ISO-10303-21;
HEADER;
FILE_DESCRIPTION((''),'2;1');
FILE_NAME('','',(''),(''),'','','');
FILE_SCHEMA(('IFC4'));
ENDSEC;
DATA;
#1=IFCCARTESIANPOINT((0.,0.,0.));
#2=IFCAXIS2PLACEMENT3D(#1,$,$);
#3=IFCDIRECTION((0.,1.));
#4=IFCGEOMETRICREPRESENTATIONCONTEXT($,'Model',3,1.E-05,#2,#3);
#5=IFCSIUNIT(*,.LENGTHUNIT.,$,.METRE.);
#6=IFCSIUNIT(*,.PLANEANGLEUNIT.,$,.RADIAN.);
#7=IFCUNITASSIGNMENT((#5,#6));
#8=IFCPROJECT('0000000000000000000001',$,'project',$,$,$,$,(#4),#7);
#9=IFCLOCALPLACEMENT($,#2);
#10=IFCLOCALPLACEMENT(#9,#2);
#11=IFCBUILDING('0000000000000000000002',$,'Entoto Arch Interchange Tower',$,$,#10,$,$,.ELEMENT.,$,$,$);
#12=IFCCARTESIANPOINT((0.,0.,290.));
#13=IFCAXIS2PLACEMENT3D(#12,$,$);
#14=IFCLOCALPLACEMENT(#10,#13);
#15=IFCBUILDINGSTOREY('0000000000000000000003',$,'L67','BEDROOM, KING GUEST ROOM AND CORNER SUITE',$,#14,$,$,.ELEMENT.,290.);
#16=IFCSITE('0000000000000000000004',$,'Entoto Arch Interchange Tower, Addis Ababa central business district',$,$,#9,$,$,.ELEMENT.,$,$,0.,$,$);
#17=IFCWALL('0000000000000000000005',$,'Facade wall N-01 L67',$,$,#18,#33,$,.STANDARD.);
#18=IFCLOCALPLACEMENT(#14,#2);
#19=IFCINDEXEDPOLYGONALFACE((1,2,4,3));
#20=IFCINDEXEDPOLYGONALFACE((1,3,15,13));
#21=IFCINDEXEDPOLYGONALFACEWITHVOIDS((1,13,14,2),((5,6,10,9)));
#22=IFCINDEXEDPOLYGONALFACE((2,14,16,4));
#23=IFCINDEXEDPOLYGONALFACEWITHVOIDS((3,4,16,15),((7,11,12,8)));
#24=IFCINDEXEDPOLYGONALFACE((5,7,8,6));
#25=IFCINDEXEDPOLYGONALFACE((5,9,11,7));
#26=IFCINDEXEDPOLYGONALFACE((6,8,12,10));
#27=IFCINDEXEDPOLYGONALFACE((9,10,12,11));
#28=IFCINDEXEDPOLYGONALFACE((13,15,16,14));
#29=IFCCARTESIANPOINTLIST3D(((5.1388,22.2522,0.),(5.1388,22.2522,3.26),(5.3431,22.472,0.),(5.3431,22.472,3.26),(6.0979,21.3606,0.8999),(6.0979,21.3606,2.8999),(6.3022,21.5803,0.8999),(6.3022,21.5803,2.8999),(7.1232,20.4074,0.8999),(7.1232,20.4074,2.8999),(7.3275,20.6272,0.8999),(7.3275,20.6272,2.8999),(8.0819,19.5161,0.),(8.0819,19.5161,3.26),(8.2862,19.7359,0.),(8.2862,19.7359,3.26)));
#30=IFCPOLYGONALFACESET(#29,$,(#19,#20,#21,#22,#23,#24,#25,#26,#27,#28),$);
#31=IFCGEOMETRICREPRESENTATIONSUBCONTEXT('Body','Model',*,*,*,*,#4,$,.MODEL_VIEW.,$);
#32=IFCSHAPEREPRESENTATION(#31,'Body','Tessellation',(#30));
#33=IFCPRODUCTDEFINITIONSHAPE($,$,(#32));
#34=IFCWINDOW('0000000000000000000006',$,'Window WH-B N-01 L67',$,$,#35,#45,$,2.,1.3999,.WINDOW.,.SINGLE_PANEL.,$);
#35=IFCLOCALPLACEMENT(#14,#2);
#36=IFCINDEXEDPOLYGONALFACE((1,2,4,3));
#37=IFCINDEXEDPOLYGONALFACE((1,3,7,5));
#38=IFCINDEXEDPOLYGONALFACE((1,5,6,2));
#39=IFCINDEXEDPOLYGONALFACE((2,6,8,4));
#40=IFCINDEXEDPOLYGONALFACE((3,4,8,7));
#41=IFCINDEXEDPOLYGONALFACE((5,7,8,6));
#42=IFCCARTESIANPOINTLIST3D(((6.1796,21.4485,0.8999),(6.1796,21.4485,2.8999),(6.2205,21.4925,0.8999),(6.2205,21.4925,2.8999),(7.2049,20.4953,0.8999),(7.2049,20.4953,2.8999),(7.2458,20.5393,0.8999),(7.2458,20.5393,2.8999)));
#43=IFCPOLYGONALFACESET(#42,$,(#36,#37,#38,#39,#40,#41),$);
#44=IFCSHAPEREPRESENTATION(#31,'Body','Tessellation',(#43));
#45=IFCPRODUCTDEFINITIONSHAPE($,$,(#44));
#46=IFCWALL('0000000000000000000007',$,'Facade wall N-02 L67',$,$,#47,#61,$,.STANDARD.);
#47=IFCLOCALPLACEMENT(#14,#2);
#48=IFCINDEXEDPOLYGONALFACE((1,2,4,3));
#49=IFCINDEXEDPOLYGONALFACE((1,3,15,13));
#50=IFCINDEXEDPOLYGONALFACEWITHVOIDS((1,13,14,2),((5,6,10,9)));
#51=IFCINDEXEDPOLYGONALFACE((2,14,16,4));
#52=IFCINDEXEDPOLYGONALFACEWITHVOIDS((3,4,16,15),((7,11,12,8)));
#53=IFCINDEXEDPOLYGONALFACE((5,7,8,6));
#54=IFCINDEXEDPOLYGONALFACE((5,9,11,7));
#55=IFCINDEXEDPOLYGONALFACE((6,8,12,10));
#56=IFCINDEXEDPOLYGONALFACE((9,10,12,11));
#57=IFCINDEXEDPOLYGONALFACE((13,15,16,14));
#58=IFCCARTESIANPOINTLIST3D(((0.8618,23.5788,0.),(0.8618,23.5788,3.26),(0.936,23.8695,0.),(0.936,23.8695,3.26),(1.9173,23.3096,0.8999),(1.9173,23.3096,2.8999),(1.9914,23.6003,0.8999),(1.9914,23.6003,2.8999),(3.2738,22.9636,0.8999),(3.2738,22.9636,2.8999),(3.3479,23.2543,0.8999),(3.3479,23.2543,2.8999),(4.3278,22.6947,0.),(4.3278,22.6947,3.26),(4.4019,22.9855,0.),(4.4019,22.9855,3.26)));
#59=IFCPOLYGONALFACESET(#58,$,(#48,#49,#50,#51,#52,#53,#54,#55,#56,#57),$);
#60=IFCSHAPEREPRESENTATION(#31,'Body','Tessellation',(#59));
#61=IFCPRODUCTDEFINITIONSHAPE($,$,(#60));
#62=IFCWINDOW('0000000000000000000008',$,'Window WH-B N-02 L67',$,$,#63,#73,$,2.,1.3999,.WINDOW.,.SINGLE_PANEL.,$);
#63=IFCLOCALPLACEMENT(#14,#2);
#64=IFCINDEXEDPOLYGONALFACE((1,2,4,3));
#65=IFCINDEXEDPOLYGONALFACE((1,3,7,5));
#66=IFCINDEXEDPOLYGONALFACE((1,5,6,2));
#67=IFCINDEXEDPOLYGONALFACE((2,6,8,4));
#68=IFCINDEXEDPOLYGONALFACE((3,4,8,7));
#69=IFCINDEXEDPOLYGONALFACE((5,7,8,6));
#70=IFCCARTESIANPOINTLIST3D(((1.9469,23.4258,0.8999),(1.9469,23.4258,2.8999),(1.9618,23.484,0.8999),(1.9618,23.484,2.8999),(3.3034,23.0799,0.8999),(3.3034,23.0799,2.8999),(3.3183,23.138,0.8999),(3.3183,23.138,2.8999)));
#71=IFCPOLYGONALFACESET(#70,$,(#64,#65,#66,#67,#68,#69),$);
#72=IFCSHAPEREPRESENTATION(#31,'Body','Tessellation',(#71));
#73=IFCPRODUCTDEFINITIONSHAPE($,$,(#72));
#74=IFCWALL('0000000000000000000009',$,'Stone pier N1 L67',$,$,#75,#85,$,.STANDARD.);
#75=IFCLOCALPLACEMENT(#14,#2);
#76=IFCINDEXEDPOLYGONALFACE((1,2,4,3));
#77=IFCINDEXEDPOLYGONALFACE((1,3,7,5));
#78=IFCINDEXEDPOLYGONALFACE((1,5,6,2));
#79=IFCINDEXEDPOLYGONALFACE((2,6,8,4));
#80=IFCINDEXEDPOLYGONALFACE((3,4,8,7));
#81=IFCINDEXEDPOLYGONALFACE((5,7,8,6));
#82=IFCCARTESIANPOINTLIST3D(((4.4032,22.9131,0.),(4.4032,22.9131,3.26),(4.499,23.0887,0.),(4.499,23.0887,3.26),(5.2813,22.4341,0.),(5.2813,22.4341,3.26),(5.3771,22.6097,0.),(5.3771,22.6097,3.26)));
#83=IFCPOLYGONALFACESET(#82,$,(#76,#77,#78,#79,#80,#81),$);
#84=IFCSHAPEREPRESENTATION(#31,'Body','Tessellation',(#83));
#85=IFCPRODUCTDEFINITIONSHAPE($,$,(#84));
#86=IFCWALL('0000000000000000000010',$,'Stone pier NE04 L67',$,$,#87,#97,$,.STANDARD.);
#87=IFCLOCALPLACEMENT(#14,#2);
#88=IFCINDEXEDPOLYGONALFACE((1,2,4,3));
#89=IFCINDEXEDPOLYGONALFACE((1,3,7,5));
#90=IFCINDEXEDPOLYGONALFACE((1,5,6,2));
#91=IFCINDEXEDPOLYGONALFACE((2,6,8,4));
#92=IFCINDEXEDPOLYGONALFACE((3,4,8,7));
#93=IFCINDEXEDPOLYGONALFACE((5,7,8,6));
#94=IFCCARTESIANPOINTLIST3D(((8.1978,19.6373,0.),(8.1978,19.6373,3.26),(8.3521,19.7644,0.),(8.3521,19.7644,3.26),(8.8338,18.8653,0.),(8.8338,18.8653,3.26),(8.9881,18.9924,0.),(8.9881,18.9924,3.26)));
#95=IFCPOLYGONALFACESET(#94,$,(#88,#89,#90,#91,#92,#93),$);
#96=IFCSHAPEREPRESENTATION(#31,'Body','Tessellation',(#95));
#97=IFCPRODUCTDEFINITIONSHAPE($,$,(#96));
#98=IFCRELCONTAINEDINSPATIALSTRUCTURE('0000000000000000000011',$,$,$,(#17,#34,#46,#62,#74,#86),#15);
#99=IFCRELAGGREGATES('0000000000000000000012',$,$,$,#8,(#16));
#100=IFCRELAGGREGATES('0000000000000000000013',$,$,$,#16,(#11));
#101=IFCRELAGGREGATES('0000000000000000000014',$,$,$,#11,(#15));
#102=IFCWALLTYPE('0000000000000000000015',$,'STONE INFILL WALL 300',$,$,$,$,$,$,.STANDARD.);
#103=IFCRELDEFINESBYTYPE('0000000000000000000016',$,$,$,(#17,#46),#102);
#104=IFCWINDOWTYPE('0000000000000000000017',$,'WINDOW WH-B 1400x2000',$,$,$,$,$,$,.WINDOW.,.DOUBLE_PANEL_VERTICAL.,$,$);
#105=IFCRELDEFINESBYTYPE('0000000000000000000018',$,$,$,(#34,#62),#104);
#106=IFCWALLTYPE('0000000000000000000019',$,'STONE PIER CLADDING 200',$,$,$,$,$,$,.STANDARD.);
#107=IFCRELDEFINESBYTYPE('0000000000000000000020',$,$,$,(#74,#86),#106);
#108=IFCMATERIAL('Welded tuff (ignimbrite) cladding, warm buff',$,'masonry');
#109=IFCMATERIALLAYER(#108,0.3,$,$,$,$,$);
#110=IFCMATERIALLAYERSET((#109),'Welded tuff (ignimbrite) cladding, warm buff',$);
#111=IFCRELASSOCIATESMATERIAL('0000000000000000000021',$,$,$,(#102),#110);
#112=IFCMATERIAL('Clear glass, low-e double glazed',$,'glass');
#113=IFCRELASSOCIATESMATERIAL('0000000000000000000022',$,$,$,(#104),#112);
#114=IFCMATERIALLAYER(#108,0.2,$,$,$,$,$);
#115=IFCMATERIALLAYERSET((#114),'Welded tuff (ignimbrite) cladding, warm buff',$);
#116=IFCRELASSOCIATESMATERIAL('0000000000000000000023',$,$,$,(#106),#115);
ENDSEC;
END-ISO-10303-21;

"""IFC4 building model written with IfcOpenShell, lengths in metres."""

from ifc_helpers import new_model, si_unit, direction, frame, frame_2d, origin, place, context, subcontext, project, spatial, rectangle, extrude, material, layer, layer_set, type_object, element, fill, save


model = new_model("IFC4")

# Units and contexts
model_context = context("Model", 3, precision=1e-05, world=origin(), true_north=direction((0.0, 1.0)))
body_context = subcontext(model_context, "Body", "Model", "MODEL_VIEW")
ifc_project = project(units=[si_unit("LENGTHUNIT", "METRE"), si_unit("PLANEANGLEUNIT", "RADIAN")], contexts=[model_context])

# Site, building, storey
site_placement = place(None, origin())
site = spatial("IfcSite", under=ifc_project, at=site_placement, Name="Entoto Arch Interchange Tower, Addis Ababa central business district", CompositionType="ELEMENT", RefElevation=0.0)
building_placement = place(site_placement, origin())
building = spatial("IfcBuilding", under=site, at=building_placement, Name="Entoto Arch Interchange Tower", CompositionType="ELEMENT")
storey_placement = place(building_placement, frame((0.0, 0.0, 290.0)))
storey = spatial("IfcBuildingStorey", under=building, at=storey_placement, Name="L67", Description="BEDROOM, KING GUEST ROOM AND CORNER SUITE", CompositionType="ELEMENT", Elevation=290.0)

# Shared definitions
ifc_material_1 = material(Name="Welded tuff (ignimbrite) cladding, warm buff", Category="masonry")
ifc_layer_1 = layer(ifc_material_1, 0.3)
ifc_layer_set_1 = layer_set([ifc_layer_1], Name="Welded tuff (ignimbrite) cladding, warm buff")
wall_type_1 = type_object("IfcWallType", Name="STONE INFILL WALL 300", PredefinedType="STANDARD", material=ifc_layer_set_1)
ifc_material_2 = material(Name="Clear glass, low-e double glazed", Category="glass")

# Walls, openings, windows
wall_1_placement = place(storey_placement, frame((8.1841, 19.626, 0.0), z_axis=(0.0, 0.0, 1.0), x_axis=(-0.732397, 0.680877, 0.0)))
wall_1 = element("IfcWall", 1, at=wall_1_placement, inside=storey, type_object=wall_type_1, Name="Facade wall N-01 L67", PredefinedType="STANDARD", context=body_context, shape_type="SweptSolid", body=[
    extrude(rectangle(XDim=4.0186, YDim=0.3, at=frame_2d((2.0093, 0.0))), origin(), (0.0, 0.0, 1.0), 3.26),
])
opening_1_placement = place(wall_1_placement, frame((1.3091, 0.0, 0.8999)))
opening_1 = element("IfcOpeningElement", 2, at=opening_1_placement, cuts=wall_1, PredefinedType="OPENING", context=body_context, shape_type="SweptSolid", body=[
    extrude(rectangle(XDim=1.3999, YDim=2.0, at=frame_2d((0.7, 1.0))), frame((0.0, 0.1602, 0.0), z_axis=(0.0, -1.0, 0.0), x_axis=(1.0, 0.0, 0.0)), (0.0, 0.0, 1.0), 0.3201),
])
window_type_1 = type_object("IfcWindowType", Name="WINDOW WH-B 1400x2000", PartitioningType="DOUBLE_PANEL_VERTICAL", PredefinedType="WINDOW", material=ifc_material_2)
window_1_placement = place(opening_1_placement, origin())
window_1 = element("IfcWindow", 3, at=window_1_placement, inside=storey, type_object=window_type_1, Name="Window WH-B N-01 L67", OverallHeight=2.0, OverallWidth=1.3999, PartitioningType="SINGLE_PANEL", PredefinedType="WINDOW", context=body_context, shape_type="SweptSolid", body=[
    extrude(rectangle(XDim=1.3999, YDim=2.0, at=frame_2d((0.7, 1.0))), frame((0.0, 0.03, 0.0), z_axis=(0.0, -1.0, 0.0), x_axis=(1.0, 0.0, 0.0)), (0.0, 0.0, 1.0), 0.0601),
])
fill(opening_1, window_1)
wall_2_placement = place(storey_placement, frame((4.365, 22.8401, 0.0), z_axis=(0.0, 0.0, 1.0), x_axis=(-0.968979, 0.247142, 0.0)))
wall_2 = element("IfcWall", 4, at=wall_2_placement, inside=storey, type_object=wall_type_1, Name="Facade wall N-02 L67", PredefinedType="STANDARD", context=body_context, shape_type="SweptSolid", body=[
    extrude(rectangle(XDim=3.5769, YDim=0.3, at=frame_2d((1.7886, 0.0))), origin(), (0.0, 0.0, 1.0), 3.26),
])
opening_2_placement = place(wall_2_placement, frame((1.0879, 0.0, 0.8999)))
opening_2 = element("IfcOpeningElement", 5, at=opening_2_placement, cuts=wall_2, PredefinedType="OPENING", context=body_context, shape_type="SweptSolid", body=[
    extrude(rectangle(XDim=1.3999, YDim=2.0, at=frame_2d((0.7, 1.0))), frame((0.0, 0.1602, 0.0), z_axis=(0.0, -1.0, 0.0), x_axis=(1.0, 0.0, 0.0)), (0.0, 0.0, 1.0), 0.3201),
])
window_2_placement = place(opening_2_placement, origin())
window_2 = element("IfcWindow", 6, at=window_2_placement, inside=storey, type_object=window_type_1, Name="Window WH-B N-02 L67", OverallHeight=2.0, OverallWidth=1.3999, PartitioningType="SINGLE_PANEL", PredefinedType="WINDOW", context=body_context, shape_type="SweptSolid", body=[
    extrude(rectangle(XDim=1.3999, YDim=2.0, at=frame_2d((0.7, 1.0))), frame((0.0, 0.03, 0.0), z_axis=(0.0, -1.0, 0.0), x_axis=(1.0, 0.0, 0.0)), (0.0, 0.0, 1.0), 0.0601),
])
fill(opening_2, window_2)

# Walls
ifc_layer_2 = layer(ifc_material_1, 0.2)
ifc_layer_set_2 = layer_set([ifc_layer_2], Name="Welded tuff (ignimbrite) cladding, warm buff")
wall_type_2 = type_object("IfcWallType", Name="STONE PIER CLADDING 200", PredefinedType="STANDARD", material=ifc_layer_set_2)
for number, where, z_axis, x_axis, name in (
    (7, (5.3291, 22.522, 0.0), (0.0, 0.0, 1.0), (-0.877896, 0.478852, 0.0), "Stone pier N1 L67"),
    (8, (8.9109, 18.929, 0.0), (0.0, 0.0, 1.0), (-0.635853, 0.77181, 0.0), "Stone pier NE04 L67"),
):
    element("IfcWall", number, at=place(storey_placement, frame(where, z_axis=z_axis, x_axis=x_axis)), inside=storey, type_object=wall_type_2, Name=name, PredefinedType="STANDARD", context=body_context, shape_type="SweptSolid", body=[
        extrude(rectangle(XDim=1.0002, YDim=0.2, at=frame_2d((0.5, 0.0))), origin(), (0.0, 0.0, 1.0), 3.26),
    ])

save(model, "model.ifc")
